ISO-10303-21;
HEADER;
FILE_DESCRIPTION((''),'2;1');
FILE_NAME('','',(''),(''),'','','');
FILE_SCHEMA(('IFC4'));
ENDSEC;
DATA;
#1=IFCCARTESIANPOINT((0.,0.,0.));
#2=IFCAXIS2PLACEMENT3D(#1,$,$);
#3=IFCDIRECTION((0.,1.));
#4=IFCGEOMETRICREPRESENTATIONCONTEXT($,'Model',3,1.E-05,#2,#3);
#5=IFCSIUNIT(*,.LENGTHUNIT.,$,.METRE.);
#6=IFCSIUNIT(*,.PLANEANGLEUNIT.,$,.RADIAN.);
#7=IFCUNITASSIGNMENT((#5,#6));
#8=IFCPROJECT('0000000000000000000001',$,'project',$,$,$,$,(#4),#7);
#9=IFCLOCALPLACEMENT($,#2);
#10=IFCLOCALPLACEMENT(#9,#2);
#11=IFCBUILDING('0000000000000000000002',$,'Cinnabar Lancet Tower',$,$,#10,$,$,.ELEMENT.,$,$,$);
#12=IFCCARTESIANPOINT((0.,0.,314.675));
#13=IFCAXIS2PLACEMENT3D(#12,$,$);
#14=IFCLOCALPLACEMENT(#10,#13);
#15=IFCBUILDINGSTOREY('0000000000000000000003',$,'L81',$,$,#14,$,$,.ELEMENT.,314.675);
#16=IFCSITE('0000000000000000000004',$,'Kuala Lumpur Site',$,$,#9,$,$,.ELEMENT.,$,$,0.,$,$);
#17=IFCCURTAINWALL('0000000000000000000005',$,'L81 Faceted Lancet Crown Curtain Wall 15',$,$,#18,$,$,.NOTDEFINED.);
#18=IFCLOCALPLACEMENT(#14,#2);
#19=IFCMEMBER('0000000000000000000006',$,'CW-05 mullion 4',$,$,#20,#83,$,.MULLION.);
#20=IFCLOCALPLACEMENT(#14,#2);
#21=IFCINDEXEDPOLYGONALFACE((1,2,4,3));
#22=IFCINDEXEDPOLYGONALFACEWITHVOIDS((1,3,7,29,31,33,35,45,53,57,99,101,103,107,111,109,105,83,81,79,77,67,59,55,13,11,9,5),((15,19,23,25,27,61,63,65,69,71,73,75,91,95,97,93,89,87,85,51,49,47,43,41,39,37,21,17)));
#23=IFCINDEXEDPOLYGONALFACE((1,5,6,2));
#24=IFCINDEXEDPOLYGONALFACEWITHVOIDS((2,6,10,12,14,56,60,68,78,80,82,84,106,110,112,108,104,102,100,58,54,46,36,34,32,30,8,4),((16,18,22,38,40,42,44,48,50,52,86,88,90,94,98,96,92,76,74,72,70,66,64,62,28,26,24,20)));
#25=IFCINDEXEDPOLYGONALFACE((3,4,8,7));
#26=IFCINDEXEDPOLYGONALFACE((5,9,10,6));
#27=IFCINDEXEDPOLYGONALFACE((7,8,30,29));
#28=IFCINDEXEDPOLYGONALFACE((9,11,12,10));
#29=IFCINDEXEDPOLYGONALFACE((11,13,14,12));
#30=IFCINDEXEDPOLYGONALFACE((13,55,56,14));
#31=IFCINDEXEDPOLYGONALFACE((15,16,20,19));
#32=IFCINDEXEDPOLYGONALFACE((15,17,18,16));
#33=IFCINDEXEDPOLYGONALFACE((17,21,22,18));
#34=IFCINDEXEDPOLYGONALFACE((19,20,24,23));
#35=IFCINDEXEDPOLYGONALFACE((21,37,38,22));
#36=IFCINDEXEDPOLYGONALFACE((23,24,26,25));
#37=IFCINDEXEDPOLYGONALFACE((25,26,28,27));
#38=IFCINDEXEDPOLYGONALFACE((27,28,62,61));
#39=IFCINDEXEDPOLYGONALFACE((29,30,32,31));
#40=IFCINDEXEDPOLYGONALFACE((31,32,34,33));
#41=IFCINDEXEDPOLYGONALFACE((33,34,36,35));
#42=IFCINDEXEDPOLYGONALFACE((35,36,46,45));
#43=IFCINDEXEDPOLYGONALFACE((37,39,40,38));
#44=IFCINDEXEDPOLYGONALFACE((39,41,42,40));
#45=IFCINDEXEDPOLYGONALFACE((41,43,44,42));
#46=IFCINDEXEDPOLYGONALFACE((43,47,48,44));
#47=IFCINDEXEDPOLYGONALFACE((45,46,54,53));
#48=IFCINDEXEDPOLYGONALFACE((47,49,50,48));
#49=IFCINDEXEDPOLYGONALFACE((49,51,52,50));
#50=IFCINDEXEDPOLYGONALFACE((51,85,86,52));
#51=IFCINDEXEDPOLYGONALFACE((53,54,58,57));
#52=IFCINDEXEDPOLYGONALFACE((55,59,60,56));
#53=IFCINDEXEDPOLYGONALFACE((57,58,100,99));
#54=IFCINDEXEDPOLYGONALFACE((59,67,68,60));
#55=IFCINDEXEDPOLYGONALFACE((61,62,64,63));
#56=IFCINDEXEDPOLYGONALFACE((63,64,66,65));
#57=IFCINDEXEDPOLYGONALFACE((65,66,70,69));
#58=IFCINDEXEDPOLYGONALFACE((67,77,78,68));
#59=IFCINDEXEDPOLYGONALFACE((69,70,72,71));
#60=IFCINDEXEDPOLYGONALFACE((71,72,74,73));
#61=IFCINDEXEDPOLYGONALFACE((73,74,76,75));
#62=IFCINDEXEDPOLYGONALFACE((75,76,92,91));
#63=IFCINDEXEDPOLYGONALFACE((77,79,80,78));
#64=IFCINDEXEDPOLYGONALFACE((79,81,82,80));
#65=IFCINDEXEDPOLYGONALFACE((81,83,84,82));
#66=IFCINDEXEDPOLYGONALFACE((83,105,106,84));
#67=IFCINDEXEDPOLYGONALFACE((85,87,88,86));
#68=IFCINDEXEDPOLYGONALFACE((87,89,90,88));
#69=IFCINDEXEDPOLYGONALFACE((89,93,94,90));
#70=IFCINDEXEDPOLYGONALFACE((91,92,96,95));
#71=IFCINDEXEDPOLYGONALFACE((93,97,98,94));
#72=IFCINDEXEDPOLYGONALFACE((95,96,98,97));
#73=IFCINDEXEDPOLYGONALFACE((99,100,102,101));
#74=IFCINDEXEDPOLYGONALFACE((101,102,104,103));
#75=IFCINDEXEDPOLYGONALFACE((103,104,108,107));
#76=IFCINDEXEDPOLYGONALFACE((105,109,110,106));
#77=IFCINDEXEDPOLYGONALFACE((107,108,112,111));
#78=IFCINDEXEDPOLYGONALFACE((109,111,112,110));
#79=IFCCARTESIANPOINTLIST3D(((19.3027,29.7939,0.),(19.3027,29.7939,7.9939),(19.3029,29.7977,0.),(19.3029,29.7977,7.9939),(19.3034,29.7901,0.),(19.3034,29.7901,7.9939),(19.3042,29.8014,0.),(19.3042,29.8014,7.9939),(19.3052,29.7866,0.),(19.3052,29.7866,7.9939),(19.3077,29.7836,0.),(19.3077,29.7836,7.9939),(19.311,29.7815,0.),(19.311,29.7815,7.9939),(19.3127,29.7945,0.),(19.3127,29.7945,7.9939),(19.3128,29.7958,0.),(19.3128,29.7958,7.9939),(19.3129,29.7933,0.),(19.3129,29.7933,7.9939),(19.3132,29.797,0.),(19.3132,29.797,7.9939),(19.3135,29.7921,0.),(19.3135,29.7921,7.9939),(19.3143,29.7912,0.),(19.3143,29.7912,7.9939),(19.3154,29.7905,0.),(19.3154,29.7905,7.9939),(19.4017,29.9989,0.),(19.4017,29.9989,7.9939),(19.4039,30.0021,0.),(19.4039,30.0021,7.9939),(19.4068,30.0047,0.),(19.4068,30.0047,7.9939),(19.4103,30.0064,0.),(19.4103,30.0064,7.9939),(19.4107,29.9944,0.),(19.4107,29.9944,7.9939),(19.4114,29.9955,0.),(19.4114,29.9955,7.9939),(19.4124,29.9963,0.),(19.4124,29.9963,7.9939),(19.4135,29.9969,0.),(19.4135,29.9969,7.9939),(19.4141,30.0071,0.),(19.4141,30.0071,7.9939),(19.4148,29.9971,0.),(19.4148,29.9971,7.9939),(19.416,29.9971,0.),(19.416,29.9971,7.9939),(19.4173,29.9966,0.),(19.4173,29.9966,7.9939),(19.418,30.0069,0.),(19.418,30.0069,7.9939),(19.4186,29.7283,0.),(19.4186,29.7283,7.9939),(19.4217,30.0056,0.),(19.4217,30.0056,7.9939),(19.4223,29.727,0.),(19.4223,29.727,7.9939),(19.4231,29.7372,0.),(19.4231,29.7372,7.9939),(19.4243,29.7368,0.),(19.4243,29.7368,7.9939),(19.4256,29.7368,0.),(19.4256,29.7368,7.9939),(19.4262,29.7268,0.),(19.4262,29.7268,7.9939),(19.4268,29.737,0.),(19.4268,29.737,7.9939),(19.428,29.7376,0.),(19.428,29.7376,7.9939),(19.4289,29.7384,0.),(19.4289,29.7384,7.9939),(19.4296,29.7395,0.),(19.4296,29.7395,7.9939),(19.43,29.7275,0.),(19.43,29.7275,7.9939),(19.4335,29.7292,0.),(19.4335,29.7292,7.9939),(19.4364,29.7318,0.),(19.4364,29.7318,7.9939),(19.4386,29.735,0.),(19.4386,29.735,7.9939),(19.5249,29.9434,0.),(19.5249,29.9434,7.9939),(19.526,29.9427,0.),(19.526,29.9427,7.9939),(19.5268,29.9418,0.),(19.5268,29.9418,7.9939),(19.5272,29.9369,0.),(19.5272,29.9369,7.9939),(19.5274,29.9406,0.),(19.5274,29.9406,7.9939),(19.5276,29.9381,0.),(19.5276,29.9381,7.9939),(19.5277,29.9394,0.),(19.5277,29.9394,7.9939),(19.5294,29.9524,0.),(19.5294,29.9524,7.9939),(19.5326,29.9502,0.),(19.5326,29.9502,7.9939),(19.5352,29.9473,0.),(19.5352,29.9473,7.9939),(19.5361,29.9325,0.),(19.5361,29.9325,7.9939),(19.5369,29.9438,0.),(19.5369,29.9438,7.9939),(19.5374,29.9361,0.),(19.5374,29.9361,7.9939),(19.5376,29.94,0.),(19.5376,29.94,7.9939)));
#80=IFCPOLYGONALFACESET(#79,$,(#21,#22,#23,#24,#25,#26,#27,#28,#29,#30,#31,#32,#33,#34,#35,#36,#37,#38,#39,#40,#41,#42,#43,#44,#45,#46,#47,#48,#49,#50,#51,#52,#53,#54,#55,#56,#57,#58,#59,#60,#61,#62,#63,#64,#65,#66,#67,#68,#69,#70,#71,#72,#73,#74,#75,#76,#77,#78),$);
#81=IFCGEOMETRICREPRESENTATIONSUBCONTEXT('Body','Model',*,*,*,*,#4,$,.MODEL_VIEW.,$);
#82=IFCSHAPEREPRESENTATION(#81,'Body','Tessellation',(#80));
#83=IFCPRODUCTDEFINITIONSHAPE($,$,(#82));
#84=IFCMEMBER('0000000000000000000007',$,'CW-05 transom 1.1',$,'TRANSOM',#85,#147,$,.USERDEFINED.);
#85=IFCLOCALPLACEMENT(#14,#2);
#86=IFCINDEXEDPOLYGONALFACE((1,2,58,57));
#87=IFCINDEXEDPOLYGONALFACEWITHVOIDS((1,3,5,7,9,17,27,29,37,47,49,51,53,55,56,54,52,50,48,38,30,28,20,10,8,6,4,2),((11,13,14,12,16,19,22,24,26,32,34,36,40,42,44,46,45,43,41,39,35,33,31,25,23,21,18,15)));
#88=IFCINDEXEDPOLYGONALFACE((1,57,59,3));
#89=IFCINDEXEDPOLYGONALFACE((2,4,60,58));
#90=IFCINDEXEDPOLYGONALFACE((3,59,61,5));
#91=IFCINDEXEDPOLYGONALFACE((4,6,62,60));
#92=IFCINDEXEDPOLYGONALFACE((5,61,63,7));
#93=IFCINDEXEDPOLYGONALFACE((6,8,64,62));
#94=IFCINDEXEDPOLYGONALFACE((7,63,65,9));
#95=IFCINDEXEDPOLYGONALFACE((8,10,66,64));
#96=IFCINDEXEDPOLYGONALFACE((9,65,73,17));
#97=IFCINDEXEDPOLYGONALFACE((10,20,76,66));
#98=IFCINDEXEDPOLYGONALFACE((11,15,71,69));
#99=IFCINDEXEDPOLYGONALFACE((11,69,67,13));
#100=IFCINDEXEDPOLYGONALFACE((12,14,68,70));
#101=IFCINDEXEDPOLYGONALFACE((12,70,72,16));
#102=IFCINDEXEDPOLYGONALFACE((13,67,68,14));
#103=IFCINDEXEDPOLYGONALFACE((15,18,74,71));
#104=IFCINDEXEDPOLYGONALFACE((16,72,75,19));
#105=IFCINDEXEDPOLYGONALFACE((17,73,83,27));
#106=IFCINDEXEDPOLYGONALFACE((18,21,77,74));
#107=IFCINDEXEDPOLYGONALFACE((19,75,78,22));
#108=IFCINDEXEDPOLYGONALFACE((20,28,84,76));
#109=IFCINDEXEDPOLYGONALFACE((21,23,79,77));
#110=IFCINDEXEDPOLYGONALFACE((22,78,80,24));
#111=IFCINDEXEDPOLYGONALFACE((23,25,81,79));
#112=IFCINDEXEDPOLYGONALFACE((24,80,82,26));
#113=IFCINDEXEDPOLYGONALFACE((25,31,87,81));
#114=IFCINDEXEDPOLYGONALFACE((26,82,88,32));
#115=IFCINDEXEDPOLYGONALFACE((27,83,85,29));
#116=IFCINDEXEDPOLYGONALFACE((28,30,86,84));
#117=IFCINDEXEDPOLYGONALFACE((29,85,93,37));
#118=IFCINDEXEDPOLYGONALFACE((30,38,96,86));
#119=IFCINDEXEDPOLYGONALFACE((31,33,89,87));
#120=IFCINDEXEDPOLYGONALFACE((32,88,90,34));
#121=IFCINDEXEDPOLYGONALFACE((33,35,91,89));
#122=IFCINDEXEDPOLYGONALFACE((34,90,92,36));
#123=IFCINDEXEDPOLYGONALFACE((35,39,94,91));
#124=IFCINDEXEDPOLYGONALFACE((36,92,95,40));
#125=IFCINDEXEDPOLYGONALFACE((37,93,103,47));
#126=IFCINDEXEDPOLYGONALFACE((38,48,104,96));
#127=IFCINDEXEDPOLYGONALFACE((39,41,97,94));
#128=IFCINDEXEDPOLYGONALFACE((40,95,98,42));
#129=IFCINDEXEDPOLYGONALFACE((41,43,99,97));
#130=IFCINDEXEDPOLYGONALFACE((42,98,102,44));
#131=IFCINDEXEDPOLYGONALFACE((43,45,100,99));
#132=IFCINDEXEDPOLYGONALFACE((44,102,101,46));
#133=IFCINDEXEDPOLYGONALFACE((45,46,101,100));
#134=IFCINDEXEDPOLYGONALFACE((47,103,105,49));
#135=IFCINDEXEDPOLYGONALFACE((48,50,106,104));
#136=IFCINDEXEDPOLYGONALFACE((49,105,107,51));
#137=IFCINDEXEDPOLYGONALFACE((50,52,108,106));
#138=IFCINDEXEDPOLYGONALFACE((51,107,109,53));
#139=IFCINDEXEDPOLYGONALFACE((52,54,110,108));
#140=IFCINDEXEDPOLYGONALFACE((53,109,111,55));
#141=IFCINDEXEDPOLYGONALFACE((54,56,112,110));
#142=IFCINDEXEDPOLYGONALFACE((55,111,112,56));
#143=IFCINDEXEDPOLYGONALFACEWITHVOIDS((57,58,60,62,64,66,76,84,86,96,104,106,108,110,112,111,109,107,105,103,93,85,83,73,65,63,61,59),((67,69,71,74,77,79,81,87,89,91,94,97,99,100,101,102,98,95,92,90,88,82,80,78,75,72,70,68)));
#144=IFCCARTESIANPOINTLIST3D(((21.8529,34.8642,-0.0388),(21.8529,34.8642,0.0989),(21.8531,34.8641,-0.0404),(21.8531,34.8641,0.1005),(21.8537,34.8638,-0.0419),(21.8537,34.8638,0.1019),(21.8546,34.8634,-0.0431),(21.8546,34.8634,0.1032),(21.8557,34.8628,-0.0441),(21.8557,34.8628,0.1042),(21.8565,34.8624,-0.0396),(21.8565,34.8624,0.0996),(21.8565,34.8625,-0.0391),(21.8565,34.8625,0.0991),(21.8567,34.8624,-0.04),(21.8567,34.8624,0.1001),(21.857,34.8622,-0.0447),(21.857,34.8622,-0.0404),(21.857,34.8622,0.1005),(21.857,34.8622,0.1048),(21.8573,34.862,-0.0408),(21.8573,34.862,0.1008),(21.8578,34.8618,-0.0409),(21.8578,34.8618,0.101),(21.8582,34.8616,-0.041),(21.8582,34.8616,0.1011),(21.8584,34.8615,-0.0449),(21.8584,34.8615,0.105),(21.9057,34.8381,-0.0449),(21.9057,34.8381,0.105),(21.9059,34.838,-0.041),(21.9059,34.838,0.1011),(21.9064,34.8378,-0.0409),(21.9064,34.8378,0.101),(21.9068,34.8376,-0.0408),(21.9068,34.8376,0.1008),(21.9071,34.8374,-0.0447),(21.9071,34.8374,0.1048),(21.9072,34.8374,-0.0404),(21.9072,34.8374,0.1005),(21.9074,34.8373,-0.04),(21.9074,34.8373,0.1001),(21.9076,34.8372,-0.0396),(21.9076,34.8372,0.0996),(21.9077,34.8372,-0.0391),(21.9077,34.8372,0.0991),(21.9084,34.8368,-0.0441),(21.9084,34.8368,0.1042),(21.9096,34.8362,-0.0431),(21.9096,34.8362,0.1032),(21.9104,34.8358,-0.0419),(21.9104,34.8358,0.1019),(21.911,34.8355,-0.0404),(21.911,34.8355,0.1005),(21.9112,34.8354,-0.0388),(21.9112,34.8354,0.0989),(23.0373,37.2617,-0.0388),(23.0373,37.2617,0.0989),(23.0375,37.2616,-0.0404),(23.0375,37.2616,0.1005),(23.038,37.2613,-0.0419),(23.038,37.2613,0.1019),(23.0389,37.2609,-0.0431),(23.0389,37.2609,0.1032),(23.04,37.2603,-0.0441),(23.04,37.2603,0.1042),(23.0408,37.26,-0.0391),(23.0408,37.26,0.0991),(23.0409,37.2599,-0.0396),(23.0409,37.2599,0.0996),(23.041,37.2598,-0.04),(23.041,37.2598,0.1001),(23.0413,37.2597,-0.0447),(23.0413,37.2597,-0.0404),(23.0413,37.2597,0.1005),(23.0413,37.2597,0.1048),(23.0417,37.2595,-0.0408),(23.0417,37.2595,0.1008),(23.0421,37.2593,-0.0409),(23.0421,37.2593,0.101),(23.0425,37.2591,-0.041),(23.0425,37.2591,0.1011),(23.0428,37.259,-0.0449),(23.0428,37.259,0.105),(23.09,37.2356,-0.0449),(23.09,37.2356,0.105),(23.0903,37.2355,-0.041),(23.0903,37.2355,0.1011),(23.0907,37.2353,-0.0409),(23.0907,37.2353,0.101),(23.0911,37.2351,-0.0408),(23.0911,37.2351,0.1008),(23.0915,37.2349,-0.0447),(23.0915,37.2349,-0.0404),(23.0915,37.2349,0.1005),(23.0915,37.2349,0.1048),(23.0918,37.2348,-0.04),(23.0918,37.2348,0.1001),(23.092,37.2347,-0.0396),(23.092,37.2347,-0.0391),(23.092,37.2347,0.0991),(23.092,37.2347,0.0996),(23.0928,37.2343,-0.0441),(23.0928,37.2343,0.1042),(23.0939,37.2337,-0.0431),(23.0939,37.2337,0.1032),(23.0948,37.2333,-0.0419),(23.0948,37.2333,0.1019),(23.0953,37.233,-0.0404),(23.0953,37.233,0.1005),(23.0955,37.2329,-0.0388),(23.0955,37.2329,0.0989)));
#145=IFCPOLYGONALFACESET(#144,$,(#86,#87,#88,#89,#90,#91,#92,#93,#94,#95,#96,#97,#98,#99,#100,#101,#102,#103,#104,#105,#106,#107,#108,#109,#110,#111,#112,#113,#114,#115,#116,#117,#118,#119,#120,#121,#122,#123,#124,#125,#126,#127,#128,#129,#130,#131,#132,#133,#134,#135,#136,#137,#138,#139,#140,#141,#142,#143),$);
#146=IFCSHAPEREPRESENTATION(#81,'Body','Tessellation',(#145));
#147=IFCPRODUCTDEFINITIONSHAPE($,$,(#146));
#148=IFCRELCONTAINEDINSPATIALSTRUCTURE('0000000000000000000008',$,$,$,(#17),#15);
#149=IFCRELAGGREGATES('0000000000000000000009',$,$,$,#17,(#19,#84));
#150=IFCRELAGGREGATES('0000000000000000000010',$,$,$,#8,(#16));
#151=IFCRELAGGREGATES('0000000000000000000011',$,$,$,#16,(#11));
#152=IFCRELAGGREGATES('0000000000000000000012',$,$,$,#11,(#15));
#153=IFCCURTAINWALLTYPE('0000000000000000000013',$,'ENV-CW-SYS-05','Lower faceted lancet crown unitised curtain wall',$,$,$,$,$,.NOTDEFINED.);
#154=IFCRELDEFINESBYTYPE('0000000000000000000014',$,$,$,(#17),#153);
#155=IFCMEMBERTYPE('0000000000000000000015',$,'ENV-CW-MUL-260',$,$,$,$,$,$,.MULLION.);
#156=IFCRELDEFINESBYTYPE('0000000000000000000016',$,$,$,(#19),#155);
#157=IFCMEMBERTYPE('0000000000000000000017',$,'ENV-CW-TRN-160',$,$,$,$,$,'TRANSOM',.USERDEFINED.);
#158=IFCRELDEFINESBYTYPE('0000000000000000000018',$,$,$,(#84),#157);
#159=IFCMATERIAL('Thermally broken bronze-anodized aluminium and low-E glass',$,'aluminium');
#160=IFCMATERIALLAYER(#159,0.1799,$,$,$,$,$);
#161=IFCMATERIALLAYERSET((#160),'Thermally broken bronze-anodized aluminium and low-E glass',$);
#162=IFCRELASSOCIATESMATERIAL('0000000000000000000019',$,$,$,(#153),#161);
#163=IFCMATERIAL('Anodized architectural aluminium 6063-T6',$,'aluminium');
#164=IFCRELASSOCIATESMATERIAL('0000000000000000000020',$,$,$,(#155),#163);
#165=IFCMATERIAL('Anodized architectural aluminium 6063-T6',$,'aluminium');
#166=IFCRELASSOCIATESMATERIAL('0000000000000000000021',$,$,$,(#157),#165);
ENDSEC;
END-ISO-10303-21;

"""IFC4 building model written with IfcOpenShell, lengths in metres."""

from ifc_helpers import new_model, si_unit, direction, frame, origin, origin_2d, place, context, subcontext, project, spatial, hollow_rectangle, extrude, material, layer, layer_set, material_profile, profile_set, type_object, element, aggregate, save


model = new_model("IFC4")

# Units and contexts
model_context = context("Model", 3, precision=1e-05, world=origin(), true_north=direction((0.0, 1.0)))
body_context = subcontext(model_context, "Body", "Model", "MODEL_VIEW")
ifc_project = project(units=[si_unit("LENGTHUNIT", "METRE"), si_unit("PLANEANGLEUNIT", "RADIAN")], contexts=[model_context])

# Site, building, storey
site_placement = place(None, origin())
site = spatial("IfcSite", under=ifc_project, at=site_placement, Name="Kuala Lumpur Site", CompositionType="ELEMENT", RefElevation=0.0)
building_placement = place(site_placement, origin())
building = spatial("IfcBuilding", under=site, at=building_placement, Name="Cinnabar Lancet Tower", CompositionType="ELEMENT")
storey_placement = place(building_placement, frame((0.0, 0.0, 314.675)))
storey = spatial("IfcBuildingStorey", under=building, at=storey_placement, Name="L81", CompositionType="ELEMENT", Elevation=314.675)

# Shared definitions
ifc_material_1 = material(Name="Thermally broken bronze-anodized aluminium and low-E glass", Category="aluminium")
ifc_layer_1 = layer(ifc_material_1, 0.1799)
ifc_layer_set_1 = layer_set([ifc_layer_1], Name="Thermally broken bronze-anodized aluminium and low-E glass")
curtain_wall_type = type_object("IfcCurtainWallType", Name="ENV-CW-SYS-05", Description="Lower faceted lancet crown unitised curtain wall", PredefinedType="NOTDEFINED", material=ifc_layer_set_1)
ifc_material_2 = material(Name="Anodized architectural aluminium 6063-T6", Category="aluminium")
ifc_material_profile_1 = material_profile(ifc_material_2, hollow_rectangle(XDim=0.1499, YDim=0.25, WallThickness=0.01, InnerFilletRadius=0.0049, OuterFilletRadius=0.0149, at=origin_2d()), Name="RHS 250x150x10")
ifc_profile_set_1 = profile_set([ifc_material_profile_1], Name="Anodized architectural aluminium 6063-T6")
member_type_1 = type_object("IfcMemberType", Name="ENV-CW-MUL-260", PredefinedType="MULLION", material=ifc_profile_set_1)

# Curtain wall, members
curtain_wall_1_placement = place(storey_placement, origin())
curtain_wall_1 = element("IfcCurtainWall", 1, at=curtain_wall_1_placement, inside=storey, type_object=curtain_wall_type, Name="L81 Faceted Lancet Crown Curtain Wall 15", PredefinedType="NOTDEFINED")
member_1_placement = place(storey_placement, frame((19.4202, 29.8669, 0.0), z_axis=(0.0, 0.0, 1.0), x_axis=(0.896552, -0.442939, 0.0)))
member_1 = element("IfcMember", 2, at=member_1_placement, type_object=member_type_1, Name="CW-05 mullion 4", PredefinedType="MULLION", context=body_context, shape_type="SweptSolid", body=[
    extrude(hollow_rectangle(XDim=0.1499, YDim=0.25, WallThickness=0.01, InnerFilletRadius=0.0049, OuterFilletRadius=0.0149, at=origin_2d()), origin(), (0.0, 0.0, 1.0), 7.9939),
])
ifc_material_3 = material(Name="Anodized architectural aluminium 6063-T6", Category="aluminium")
ifc_material_profile_2 = material_profile(ifc_material_3, hollow_rectangle(XDim=0.0649, YDim=0.1499, WallThickness=0.0039, InnerFilletRadius=0.002, OuterFilletRadius=0.0061, at=origin_2d()), Name="CW-TRN 150x65x4")
ifc_profile_set_2 = profile_set([ifc_material_profile_2], Name="Anodized architectural aluminium 6063-T6")
member_type_2 = type_object("IfcMemberType", Name="ENV-CW-TRN-160", ElementType="TRANSOM", PredefinedType="USERDEFINED", material=ifc_profile_set_2)
member_2_placement = place(storey_placement, frame((23.0664, 37.2473, 0.03), z_axis=(-0.442899, -0.896572, 0.0), x_axis=(0.896572, -0.442899, 0.0)))
member_2 = element("IfcMember", 3, at=member_2_placement, type_object=member_type_2, Name="CW-05 transom 1.1", ObjectType="TRANSOM", PredefinedType="USERDEFINED", context=body_context, shape_type="SweptSolid", body=[
    extrude(hollow_rectangle(XDim=0.0649, YDim=0.1499, WallThickness=0.0039, InnerFilletRadius=0.002, OuterFilletRadius=0.0061, at=origin_2d()), origin(), (0.0, 0.0, 1.0), 2.6741),
])
aggregate(curtain_wall_1, [member_1, member_2])

save(model, "model.ifc")
